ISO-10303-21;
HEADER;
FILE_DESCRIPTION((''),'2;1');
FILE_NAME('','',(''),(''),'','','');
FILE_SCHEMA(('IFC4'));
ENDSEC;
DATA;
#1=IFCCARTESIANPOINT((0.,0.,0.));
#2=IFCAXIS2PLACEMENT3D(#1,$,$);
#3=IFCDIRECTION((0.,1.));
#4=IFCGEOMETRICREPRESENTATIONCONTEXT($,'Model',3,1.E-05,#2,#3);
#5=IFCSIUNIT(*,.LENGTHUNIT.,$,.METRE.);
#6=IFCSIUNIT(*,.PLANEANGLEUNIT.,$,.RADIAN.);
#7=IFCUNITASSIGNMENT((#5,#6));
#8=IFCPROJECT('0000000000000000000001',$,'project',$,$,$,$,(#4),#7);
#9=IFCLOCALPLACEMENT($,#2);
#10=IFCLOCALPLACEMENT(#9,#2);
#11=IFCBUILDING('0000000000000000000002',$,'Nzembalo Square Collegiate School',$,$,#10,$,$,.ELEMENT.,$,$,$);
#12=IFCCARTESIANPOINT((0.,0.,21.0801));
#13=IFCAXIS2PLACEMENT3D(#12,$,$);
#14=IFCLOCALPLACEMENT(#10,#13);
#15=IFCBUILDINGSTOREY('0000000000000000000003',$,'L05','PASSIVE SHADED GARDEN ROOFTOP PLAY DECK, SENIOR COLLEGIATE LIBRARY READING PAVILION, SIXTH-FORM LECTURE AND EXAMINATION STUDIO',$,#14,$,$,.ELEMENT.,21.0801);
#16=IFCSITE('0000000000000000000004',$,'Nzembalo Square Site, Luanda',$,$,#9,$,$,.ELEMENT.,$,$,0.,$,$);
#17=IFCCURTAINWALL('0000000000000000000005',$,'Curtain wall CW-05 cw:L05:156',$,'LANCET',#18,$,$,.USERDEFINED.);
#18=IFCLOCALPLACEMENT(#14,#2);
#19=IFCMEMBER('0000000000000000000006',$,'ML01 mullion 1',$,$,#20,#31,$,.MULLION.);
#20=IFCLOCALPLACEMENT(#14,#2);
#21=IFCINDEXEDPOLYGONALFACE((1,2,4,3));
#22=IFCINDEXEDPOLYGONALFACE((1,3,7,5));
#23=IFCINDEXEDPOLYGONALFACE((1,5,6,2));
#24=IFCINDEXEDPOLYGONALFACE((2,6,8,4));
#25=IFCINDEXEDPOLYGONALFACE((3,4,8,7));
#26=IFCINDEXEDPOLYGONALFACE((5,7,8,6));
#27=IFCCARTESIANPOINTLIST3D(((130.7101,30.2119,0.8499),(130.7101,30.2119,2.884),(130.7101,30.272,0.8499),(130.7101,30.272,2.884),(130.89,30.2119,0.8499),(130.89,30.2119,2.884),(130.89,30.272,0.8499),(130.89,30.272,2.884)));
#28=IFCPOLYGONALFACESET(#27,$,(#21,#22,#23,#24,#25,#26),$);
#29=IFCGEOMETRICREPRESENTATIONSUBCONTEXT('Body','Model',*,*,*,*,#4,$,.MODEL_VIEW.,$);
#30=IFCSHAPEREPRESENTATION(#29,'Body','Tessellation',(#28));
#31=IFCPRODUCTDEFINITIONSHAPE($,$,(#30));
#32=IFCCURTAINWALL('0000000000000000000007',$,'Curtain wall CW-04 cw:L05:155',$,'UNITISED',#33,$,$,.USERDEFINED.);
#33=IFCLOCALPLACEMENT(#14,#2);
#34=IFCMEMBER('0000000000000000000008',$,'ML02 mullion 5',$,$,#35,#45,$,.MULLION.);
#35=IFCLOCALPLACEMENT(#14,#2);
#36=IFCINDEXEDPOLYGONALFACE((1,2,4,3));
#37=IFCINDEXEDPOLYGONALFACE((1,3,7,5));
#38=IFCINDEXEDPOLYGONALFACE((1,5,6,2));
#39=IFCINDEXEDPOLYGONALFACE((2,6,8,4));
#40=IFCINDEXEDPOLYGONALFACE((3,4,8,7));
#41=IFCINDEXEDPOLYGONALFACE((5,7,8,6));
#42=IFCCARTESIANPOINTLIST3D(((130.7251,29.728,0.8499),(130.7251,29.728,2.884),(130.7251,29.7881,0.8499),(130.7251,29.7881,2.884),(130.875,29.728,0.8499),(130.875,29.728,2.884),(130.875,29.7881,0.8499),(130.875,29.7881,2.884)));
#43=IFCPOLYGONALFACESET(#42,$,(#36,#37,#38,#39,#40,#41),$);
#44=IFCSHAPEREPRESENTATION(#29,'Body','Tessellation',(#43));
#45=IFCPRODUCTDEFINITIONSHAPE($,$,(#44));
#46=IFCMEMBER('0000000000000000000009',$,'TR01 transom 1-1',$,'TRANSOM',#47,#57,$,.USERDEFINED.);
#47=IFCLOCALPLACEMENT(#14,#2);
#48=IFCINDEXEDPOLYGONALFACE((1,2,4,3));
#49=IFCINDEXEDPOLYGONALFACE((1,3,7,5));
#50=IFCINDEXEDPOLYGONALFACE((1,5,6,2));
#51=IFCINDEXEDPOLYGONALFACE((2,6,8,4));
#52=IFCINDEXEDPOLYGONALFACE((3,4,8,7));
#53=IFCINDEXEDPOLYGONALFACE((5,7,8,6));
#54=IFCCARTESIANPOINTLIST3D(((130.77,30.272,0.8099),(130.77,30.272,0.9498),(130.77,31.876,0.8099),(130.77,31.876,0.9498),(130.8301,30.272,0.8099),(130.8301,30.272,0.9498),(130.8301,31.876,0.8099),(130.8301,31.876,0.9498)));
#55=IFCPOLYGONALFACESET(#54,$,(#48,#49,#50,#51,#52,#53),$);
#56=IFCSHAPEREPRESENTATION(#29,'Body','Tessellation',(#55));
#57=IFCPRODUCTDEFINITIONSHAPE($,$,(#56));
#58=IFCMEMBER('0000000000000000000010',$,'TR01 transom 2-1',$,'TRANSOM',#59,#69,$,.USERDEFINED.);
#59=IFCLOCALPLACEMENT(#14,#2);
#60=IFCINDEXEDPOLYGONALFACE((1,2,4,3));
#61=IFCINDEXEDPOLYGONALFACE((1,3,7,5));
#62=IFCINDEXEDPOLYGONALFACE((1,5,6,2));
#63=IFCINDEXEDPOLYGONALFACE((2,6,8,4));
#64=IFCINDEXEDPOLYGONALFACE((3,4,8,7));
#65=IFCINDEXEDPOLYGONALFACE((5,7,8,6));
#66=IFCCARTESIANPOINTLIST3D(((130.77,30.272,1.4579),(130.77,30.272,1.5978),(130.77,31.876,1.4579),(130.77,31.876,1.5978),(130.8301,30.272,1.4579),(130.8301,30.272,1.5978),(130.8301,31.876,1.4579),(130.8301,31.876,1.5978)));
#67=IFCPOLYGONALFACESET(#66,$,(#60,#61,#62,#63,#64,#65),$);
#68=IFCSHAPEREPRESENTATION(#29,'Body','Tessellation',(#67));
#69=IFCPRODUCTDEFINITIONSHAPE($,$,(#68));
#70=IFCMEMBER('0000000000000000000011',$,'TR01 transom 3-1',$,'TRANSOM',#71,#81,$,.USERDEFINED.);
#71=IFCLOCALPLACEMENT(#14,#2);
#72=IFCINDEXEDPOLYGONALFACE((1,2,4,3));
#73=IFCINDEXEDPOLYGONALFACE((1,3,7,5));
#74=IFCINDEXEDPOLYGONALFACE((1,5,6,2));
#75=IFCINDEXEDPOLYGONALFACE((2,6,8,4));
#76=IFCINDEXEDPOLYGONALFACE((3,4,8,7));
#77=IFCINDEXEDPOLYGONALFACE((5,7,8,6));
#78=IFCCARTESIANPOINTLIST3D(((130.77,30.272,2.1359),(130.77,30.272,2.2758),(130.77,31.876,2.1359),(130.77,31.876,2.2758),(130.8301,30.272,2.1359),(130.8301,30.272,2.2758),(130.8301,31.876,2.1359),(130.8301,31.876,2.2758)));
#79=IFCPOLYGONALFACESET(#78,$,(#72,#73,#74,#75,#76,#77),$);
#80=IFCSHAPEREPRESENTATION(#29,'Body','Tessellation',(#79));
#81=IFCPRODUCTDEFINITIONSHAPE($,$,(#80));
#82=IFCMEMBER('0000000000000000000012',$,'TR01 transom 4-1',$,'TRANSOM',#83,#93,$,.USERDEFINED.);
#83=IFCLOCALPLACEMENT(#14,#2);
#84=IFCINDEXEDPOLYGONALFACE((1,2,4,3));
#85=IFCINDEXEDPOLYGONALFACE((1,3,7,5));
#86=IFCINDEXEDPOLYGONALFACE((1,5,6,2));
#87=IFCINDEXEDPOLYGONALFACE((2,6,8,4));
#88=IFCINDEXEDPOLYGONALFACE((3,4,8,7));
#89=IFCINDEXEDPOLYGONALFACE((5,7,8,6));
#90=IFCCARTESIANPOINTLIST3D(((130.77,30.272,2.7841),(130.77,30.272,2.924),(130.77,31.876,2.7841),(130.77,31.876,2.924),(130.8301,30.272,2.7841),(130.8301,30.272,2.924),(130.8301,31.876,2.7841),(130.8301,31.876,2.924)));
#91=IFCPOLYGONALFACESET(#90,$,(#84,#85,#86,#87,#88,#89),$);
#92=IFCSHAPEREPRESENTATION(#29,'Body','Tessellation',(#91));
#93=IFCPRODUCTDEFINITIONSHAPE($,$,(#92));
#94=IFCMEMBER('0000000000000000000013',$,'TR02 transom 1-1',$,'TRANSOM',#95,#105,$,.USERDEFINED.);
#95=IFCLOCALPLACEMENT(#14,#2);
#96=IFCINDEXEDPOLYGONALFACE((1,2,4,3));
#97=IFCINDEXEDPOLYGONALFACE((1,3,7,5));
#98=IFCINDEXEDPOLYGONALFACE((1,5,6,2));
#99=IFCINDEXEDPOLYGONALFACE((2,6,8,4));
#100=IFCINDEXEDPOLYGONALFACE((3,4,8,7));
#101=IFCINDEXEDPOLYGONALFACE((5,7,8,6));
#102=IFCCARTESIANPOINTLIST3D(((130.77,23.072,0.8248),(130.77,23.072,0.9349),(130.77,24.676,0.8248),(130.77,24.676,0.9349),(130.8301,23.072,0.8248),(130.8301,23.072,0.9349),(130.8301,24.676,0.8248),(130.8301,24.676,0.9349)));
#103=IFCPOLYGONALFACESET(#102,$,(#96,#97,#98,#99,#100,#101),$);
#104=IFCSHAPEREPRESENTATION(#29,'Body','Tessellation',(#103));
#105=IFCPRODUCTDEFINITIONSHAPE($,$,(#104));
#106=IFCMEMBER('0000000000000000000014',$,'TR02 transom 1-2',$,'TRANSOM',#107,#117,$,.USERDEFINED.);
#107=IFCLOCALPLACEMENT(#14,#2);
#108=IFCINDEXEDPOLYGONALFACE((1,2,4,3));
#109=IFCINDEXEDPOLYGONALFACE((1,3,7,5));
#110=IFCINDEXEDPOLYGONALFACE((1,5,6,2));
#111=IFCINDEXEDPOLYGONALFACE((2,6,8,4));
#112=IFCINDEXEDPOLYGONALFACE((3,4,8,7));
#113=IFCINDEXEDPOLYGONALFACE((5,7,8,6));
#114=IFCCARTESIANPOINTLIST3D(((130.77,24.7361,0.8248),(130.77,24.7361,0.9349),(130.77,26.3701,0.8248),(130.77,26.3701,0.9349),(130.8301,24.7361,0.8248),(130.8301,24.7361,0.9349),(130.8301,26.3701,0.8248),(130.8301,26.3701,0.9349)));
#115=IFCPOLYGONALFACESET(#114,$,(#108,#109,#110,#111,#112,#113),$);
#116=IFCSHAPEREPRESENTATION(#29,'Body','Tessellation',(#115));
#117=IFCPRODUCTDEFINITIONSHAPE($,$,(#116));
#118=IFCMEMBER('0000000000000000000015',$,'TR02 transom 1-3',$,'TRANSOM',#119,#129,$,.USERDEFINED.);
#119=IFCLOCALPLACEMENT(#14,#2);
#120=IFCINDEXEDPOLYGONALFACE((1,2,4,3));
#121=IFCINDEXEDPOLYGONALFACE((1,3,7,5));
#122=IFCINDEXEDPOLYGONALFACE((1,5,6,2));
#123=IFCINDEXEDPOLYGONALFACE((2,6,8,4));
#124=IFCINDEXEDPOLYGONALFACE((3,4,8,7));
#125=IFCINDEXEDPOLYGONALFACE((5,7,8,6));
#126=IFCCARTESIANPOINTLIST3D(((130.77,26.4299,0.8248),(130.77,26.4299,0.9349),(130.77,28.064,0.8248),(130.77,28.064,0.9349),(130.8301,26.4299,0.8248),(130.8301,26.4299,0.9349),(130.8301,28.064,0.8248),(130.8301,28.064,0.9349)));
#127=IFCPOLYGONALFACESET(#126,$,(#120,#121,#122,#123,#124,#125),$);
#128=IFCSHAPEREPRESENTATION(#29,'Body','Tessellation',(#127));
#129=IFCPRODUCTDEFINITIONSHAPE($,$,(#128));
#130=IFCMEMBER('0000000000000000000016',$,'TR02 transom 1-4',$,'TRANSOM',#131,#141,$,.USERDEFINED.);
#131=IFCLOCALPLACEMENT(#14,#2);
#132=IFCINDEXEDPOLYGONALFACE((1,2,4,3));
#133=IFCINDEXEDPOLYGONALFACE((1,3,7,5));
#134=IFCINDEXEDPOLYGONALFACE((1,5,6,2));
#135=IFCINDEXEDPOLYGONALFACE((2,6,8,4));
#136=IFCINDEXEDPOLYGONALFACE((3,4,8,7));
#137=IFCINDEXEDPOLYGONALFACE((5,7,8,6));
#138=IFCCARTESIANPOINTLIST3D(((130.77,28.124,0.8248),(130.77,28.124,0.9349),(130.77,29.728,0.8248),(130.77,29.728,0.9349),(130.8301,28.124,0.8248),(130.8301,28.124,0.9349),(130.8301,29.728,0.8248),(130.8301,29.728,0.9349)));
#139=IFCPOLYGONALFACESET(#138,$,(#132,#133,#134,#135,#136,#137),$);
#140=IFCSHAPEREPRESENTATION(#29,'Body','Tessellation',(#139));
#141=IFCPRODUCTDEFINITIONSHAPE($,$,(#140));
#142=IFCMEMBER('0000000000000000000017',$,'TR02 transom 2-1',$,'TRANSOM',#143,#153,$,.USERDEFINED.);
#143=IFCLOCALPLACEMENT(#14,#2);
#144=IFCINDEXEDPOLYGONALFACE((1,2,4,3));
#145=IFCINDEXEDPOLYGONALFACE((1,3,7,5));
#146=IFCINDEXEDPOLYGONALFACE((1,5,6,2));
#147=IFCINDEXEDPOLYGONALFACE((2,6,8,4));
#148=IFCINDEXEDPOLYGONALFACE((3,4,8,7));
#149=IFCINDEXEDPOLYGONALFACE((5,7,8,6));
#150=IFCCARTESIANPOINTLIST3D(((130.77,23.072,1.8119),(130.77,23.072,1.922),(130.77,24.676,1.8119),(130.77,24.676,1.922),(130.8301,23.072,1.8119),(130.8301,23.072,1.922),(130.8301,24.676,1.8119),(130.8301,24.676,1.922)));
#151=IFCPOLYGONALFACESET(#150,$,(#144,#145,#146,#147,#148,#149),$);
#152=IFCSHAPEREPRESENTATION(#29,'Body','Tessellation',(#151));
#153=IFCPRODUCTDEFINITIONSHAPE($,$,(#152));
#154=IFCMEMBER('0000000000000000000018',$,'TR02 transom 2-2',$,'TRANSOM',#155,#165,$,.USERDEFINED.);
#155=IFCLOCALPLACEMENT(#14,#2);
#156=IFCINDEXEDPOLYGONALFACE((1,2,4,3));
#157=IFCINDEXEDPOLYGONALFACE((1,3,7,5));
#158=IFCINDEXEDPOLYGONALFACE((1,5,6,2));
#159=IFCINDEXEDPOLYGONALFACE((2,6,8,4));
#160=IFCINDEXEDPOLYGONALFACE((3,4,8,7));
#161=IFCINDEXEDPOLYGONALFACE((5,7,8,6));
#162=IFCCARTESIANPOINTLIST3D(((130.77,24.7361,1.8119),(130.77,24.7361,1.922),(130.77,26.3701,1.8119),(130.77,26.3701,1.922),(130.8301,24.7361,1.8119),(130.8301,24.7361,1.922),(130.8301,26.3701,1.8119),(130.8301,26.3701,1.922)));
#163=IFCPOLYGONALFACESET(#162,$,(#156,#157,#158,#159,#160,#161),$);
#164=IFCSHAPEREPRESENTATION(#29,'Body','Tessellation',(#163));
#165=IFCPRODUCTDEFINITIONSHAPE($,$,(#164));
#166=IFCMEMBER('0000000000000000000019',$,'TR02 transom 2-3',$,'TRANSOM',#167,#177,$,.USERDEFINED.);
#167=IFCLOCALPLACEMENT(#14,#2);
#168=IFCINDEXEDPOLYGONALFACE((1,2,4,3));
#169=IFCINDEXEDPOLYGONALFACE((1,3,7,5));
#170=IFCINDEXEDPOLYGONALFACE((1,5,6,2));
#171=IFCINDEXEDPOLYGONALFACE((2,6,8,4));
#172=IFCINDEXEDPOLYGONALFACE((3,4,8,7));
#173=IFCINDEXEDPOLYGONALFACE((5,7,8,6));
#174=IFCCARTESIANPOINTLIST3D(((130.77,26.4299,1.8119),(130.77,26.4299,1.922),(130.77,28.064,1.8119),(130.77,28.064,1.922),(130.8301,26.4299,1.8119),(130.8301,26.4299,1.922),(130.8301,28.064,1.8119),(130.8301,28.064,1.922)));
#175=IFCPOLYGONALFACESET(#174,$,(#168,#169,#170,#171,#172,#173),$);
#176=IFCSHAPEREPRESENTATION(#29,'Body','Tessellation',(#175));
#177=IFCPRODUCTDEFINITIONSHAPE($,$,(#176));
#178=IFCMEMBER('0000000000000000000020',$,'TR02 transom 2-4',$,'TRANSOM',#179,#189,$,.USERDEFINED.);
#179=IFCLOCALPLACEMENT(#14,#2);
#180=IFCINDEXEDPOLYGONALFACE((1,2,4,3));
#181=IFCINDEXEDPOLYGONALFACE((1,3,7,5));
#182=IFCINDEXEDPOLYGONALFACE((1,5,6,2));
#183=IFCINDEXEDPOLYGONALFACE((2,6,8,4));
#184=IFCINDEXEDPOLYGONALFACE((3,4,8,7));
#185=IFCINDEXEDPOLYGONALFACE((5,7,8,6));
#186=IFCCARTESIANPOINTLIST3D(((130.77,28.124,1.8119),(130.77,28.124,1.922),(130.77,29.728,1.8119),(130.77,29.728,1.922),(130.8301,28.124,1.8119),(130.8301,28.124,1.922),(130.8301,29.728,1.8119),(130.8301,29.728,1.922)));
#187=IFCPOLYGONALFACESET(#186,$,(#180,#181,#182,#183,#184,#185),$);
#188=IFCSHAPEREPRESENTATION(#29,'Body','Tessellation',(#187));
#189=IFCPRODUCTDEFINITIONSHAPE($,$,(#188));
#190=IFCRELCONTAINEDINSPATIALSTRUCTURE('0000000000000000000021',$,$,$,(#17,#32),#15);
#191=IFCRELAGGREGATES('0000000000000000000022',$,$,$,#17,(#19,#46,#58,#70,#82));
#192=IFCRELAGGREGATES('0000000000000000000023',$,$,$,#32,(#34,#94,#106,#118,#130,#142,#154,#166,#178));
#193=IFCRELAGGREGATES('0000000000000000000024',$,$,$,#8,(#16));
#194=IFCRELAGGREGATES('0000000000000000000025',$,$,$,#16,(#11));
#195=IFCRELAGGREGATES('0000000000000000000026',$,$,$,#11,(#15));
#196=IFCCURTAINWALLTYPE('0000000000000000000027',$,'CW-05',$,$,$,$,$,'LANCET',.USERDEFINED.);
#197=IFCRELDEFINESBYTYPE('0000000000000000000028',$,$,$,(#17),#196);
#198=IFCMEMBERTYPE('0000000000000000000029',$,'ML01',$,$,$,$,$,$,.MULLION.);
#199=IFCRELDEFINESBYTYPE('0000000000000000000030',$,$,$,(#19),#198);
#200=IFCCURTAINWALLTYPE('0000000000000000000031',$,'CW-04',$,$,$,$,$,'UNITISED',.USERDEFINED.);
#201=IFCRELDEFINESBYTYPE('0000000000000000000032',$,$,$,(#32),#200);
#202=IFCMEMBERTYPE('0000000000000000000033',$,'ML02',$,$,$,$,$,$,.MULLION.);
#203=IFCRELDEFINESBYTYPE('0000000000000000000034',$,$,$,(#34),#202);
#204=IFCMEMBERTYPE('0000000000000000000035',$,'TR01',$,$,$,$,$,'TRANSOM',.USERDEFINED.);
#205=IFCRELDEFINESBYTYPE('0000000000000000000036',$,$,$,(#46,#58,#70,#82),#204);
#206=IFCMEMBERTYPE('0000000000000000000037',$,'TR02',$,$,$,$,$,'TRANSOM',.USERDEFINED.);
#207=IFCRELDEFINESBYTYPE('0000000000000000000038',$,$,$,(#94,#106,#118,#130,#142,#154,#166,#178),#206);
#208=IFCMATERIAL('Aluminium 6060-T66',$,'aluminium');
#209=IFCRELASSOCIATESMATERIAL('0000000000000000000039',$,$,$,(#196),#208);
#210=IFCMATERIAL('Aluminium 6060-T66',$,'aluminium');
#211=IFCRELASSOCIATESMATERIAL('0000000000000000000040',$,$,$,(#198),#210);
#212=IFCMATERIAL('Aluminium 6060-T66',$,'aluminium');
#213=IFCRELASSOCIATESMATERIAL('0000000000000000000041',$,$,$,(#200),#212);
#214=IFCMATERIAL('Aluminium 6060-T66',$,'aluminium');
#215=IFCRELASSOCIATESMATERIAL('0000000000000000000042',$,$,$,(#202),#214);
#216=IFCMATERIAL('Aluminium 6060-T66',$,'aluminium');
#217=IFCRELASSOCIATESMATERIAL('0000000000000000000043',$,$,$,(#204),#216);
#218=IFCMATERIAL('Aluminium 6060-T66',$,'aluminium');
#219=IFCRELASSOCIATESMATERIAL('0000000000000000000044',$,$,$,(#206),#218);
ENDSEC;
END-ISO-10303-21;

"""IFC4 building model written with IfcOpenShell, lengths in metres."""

from ifc_helpers import new_model, si_unit, direction, frame, origin, origin_2d, place, context, subcontext, project, spatial, rectangle, extrude, material, material_profile, profile_set, type_object, element, aggregate, save


model = new_model("IFC4")

# Units and contexts
model_context = context("Model", 3, precision=1e-05, world=origin(), true_north=direction((0.0, 1.0)))
body_context = subcontext(model_context, "Body", "Model", "MODEL_VIEW")
ifc_project = project(units=[si_unit("LENGTHUNIT", "METRE"), si_unit("PLANEANGLEUNIT", "RADIAN")], contexts=[model_context])

# Site, building, storey
site_placement = place(None, origin())
site = spatial("IfcSite", under=ifc_project, at=site_placement, Name="Nzembalo Square Site, Luanda", CompositionType="ELEMENT", RefElevation=0.0)
building_placement = place(site_placement, origin())
building = spatial("IfcBuilding", under=site, at=building_placement, Name="Nzembalo Square Collegiate School", CompositionType="ELEMENT")
storey_placement = place(building_placement, frame((0.0, 0.0, 21.0801)))
storey = spatial("IfcBuildingStorey", under=building, at=storey_placement, Name="L05", Description="PASSIVE SHADED GARDEN ROOFTOP PLAY DECK, SENIOR COLLEGIATE LIBRARY READING PAVILION, SIXTH-FORM LECTURE AND EXAMINATION STUDIO", CompositionType="ELEMENT", Elevation=21.0801)

# Curtain walls, members
ifc_material_1 = material(Name="Aluminium 6060-T66", Category="aluminium")
curtain_wall_type_1 = type_object("IfcCurtainWallType", Name="CW-05", ElementType="LANCET", PredefinedType="USERDEFINED", material=ifc_material_1)
curtain_wall_1_placement = place(storey_placement, origin())
curtain_wall_1 = element("IfcCurtainWall", 1, at=curtain_wall_1_placement, inside=storey, type_object=curtain_wall_type_1, Name="Curtain wall CW-05 cw:L05:156", ObjectType="LANCET", PredefinedType="USERDEFINED")
ifc_material_2 = material(Name="Aluminium 6060-T66", Category="aluminium")
ifc_material_profile_1 = material_profile(ifc_material_2, rectangle(XDim=0.0601, YDim=0.1799, at=origin_2d()), Name="ALU M60x180")
ifc_profile_set_1 = profile_set([ifc_material_profile_1], Name="Aluminium 6060-T66")
member_type_1 = type_object("IfcMemberType", Name="ML01", PredefinedType="MULLION", material=ifc_profile_set_1)
member_1_placement = place(storey_placement, frame((130.8, 30.2419, 0.8499), z_axis=(0.0, 0.0, 1.0), x_axis=(0.0, 1.0, 0.0)))
member_1 = element("IfcMember", 2, at=member_1_placement, type_object=member_type_1, Name="ML01 mullion 1", PredefinedType="MULLION", context=body_context, shape_type="SweptSolid", body=[
    extrude(rectangle(XDim=0.0601, YDim=0.1799, at=origin_2d()), origin(), (0.0, 0.0, 1.0), 2.0342),
])
ifc_material_3 = material(Name="Aluminium 6060-T66", Category="aluminium")
curtain_wall_type_2 = type_object("IfcCurtainWallType", Name="CW-04", ElementType="UNITISED", PredefinedType="USERDEFINED", material=ifc_material_3)
curtain_wall_2_placement = place(storey_placement, origin())
curtain_wall_2 = element("IfcCurtainWall", 3, at=curtain_wall_2_placement, inside=storey, type_object=curtain_wall_type_2, Name="Curtain wall CW-04 cw:L05:155", ObjectType="UNITISED", PredefinedType="USERDEFINED")
ifc_material_4 = material(Name="Aluminium 6060-T66", Category="aluminium")
ifc_material_profile_2 = material_profile(ifc_material_4, rectangle(XDim=0.0601, YDim=0.1499, at=origin_2d()), Name="ALU M60x150")
ifc_profile_set_2 = profile_set([ifc_material_profile_2], Name="Aluminium 6060-T66")
member_type_2 = type_object("IfcMemberType", Name="ML02", PredefinedType="MULLION", material=ifc_profile_set_2)
member_2_placement = place(storey_placement, frame((130.8, 29.7581, 0.8499), z_axis=(0.0, 0.0, 1.0), x_axis=(0.0, 1.0, 0.0)))
member_2 = element("IfcMember", 4, at=member_2_placement, type_object=member_type_2, Name="ML02 mullion 5", PredefinedType="MULLION", context=body_context, shape_type="SweptSolid", body=[
    extrude(rectangle(XDim=0.0601, YDim=0.1499, at=origin_2d()), origin(), (0.0, 0.0, 1.0), 2.0342),
])

# Members
ifc_material_5 = material(Name="Aluminium 6060-T66", Category="aluminium")
ifc_material_profile_3 = material_profile(ifc_material_5, rectangle(XDim=0.0601, YDim=0.1399, at=origin_2d()), Name="ALU T60x140")
ifc_profile_set_3 = profile_set([ifc_material_profile_3], Name="Aluminium 6060-T66")
member_type_3 = type_object("IfcMemberType", Name="TR01", ElementType="TRANSOM", PredefinedType="USERDEFINED", material=ifc_profile_set_3)
member_3_placement = place(storey_placement, frame((130.8, 30.272, 0.8799), z_axis=(0.0, 1.0, 0.0), x_axis=(-1.0, 0.0, 0.0)))
member_3 = element("IfcMember", 5, at=member_3_placement, type_object=member_type_3, Name="TR01 transom 1-1", ObjectType="TRANSOM", PredefinedType="USERDEFINED", context=body_context, shape_type="SweptSolid", body=[
    extrude(rectangle(XDim=0.0601, YDim=0.1399, at=origin_2d()), origin(), (0.0, 0.0, 1.0), 1.604),
])
member_4_placement = place(storey_placement, frame((130.8, 30.272, 1.5278), z_axis=(0.0, 1.0, 0.0), x_axis=(-1.0, 0.0, 0.0)))
member_4 = element("IfcMember", 6, at=member_4_placement, type_object=member_type_3, Name="TR01 transom 2-1", ObjectType="TRANSOM", PredefinedType="USERDEFINED", context=body_context, shape_type="SweptSolid", body=[
    extrude(rectangle(XDim=0.0601, YDim=0.1399, at=origin_2d()), origin(), (0.0, 0.0, 1.0), 1.604),
])
member_5_placement = place(storey_placement, frame((130.8, 30.272, 2.2058), z_axis=(0.0, 1.0, 0.0), x_axis=(-1.0, 0.0, 0.0)))
member_5 = element("IfcMember", 7, at=member_5_placement, type_object=member_type_3, Name="TR01 transom 3-1", ObjectType="TRANSOM", PredefinedType="USERDEFINED", context=body_context, shape_type="SweptSolid", body=[
    extrude(rectangle(XDim=0.0601, YDim=0.1399, at=origin_2d()), origin(), (0.0, 0.0, 1.0), 1.604),
])
member_6_placement = place(storey_placement, frame((130.8, 30.272, 2.854), z_axis=(0.0, 1.0, 0.0), x_axis=(-1.0, 0.0, 0.0)))
member_6 = element("IfcMember", 8, at=member_6_placement, type_object=member_type_3, Name="TR01 transom 4-1", ObjectType="TRANSOM", PredefinedType="USERDEFINED", context=body_context, shape_type="SweptSolid", body=[
    extrude(rectangle(XDim=0.0601, YDim=0.1399, at=origin_2d()), origin(), (0.0, 0.0, 1.0), 1.604),
])
ifc_material_6 = material(Name="Aluminium 6060-T66", Category="aluminium")
ifc_material_profile_4 = material_profile(ifc_material_6, rectangle(XDim=0.0601, YDim=0.1101, at=origin_2d()), Name="ALU T60x110")
ifc_profile_set_4 = profile_set([ifc_material_profile_4], Name="Aluminium 6060-T66")
member_type_4 = type_object("IfcMemberType", Name="TR02", ElementType="TRANSOM", PredefinedType="USERDEFINED", material=ifc_profile_set_4)
member_7_placement = place(storey_placement, frame((130.8, 23.072, 0.8799), z_axis=(0.0, 1.0, 0.0), x_axis=(-1.0, 0.0, 0.0)))
member_7 = element("IfcMember", 9, at=member_7_placement, type_object=member_type_4, Name="TR02 transom 1-1", ObjectType="TRANSOM", PredefinedType="USERDEFINED", context=body_context, shape_type="SweptSolid", body=[
    extrude(rectangle(XDim=0.0601, YDim=0.1101, at=origin_2d()), origin(), (0.0, 0.0, 1.0), 1.604),
])
member_8_placement = place(storey_placement, frame((130.8, 24.7361, 0.8799), z_axis=(0.0, 1.0, 0.0), x_axis=(-1.0, 0.0, 0.0)))
member_8 = element("IfcMember", 10, at=member_8_placement, type_object=member_type_4, Name="TR02 transom 1-2", ObjectType="TRANSOM", PredefinedType="USERDEFINED", context=body_context, shape_type="SweptSolid", body=[
    extrude(rectangle(XDim=0.0601, YDim=0.1101, at=origin_2d()), origin(), (0.0, 0.0, 1.0), 1.634),
])
member_9_placement = place(storey_placement, frame((130.8, 26.4299, 0.8799), z_axis=(0.0, 1.0, 0.0), x_axis=(-1.0, 0.0, 0.0)))
member_9 = element("IfcMember", 11, at=member_9_placement, type_object=member_type_4, Name="TR02 transom 1-3", ObjectType="TRANSOM", PredefinedType="USERDEFINED", context=body_context, shape_type="SweptSolid", body=[
    extrude(rectangle(XDim=0.0601, YDim=0.1101, at=origin_2d()), origin(), (0.0, 0.0, 1.0), 1.634),
])
member_10_placement = place(storey_placement, frame((130.8, 28.124, 0.8799), z_axis=(0.0, 1.0, 0.0), x_axis=(-1.0, 0.0, 0.0)))
member_10 = element("IfcMember", 12, at=member_10_placement, type_object=member_type_4, Name="TR02 transom 1-4", ObjectType="TRANSOM", PredefinedType="USERDEFINED", context=body_context, shape_type="SweptSolid", body=[
    extrude(rectangle(XDim=0.0601, YDim=0.1101, at=origin_2d()), origin(), (0.0, 0.0, 1.0), 1.604),
])
member_11_placement = place(storey_placement, frame((130.8, 23.072, 1.8669), z_axis=(0.0, 1.0, 0.0), x_axis=(-1.0, 0.0, 0.0)))
member_11 = element("IfcMember", 13, at=member_11_placement, type_object=member_type_4, Name="TR02 transom 2-1", ObjectType="TRANSOM", PredefinedType="USERDEFINED", context=body_context, shape_type="SweptSolid", body=[
    extrude(rectangle(XDim=0.0601, YDim=0.1101, at=origin_2d()), origin(), (0.0, 0.0, 1.0), 1.604),
])
member_12_placement = place(storey_placement, frame((130.8, 24.7361, 1.8669), z_axis=(0.0, 1.0, 0.0), x_axis=(-1.0, 0.0, 0.0)))
member_12 = element("IfcMember", 14, at=member_12_placement, type_object=member_type_4, Name="TR02 transom 2-2", ObjectType="TRANSOM", PredefinedType="USERDEFINED", context=body_context, shape_type="SweptSolid", body=[
    extrude(rectangle(XDim=0.0601, YDim=0.1101, at=origin_2d()), origin(), (0.0, 0.0, 1.0), 1.634),
])
member_13_placement = place(storey_placement, frame((130.8, 26.4299, 1.8669), z_axis=(0.0, 1.0, 0.0), x_axis=(-1.0, 0.0, 0.0)))
member_13 = element("IfcMember", 15, at=member_13_placement, type_object=member_type_4, Name="TR02 transom 2-3", ObjectType="TRANSOM", PredefinedType="USERDEFINED", context=body_context, shape_type="SweptSolid", body=[
    extrude(rectangle(XDim=0.0601, YDim=0.1101, at=origin_2d()), origin(), (0.0, 0.0, 1.0), 1.634),
])
member_14_placement = place(storey_placement, frame((130.8, 28.124, 1.8669), z_axis=(0.0, 1.0, 0.0), x_axis=(-1.0, 0.0, 0.0)))
member_14 = element("IfcMember", 16, at=member_14_placement, type_object=member_type_4, Name="TR02 transom 2-4", ObjectType="TRANSOM", PredefinedType="USERDEFINED", context=body_context, shape_type="SweptSolid", body=[
    extrude(rectangle(XDim=0.0601, YDim=0.1101, at=origin_2d()), origin(), (0.0, 0.0, 1.0), 1.604),
])

aggregate(curtain_wall_1, [member_1, member_3, member_4, member_5, member_6])
aggregate(curtain_wall_2, [member_2, member_7, member_8, member_9, member_10, member_11, member_12, member_13, member_14])

save(model, "model.ifc")
